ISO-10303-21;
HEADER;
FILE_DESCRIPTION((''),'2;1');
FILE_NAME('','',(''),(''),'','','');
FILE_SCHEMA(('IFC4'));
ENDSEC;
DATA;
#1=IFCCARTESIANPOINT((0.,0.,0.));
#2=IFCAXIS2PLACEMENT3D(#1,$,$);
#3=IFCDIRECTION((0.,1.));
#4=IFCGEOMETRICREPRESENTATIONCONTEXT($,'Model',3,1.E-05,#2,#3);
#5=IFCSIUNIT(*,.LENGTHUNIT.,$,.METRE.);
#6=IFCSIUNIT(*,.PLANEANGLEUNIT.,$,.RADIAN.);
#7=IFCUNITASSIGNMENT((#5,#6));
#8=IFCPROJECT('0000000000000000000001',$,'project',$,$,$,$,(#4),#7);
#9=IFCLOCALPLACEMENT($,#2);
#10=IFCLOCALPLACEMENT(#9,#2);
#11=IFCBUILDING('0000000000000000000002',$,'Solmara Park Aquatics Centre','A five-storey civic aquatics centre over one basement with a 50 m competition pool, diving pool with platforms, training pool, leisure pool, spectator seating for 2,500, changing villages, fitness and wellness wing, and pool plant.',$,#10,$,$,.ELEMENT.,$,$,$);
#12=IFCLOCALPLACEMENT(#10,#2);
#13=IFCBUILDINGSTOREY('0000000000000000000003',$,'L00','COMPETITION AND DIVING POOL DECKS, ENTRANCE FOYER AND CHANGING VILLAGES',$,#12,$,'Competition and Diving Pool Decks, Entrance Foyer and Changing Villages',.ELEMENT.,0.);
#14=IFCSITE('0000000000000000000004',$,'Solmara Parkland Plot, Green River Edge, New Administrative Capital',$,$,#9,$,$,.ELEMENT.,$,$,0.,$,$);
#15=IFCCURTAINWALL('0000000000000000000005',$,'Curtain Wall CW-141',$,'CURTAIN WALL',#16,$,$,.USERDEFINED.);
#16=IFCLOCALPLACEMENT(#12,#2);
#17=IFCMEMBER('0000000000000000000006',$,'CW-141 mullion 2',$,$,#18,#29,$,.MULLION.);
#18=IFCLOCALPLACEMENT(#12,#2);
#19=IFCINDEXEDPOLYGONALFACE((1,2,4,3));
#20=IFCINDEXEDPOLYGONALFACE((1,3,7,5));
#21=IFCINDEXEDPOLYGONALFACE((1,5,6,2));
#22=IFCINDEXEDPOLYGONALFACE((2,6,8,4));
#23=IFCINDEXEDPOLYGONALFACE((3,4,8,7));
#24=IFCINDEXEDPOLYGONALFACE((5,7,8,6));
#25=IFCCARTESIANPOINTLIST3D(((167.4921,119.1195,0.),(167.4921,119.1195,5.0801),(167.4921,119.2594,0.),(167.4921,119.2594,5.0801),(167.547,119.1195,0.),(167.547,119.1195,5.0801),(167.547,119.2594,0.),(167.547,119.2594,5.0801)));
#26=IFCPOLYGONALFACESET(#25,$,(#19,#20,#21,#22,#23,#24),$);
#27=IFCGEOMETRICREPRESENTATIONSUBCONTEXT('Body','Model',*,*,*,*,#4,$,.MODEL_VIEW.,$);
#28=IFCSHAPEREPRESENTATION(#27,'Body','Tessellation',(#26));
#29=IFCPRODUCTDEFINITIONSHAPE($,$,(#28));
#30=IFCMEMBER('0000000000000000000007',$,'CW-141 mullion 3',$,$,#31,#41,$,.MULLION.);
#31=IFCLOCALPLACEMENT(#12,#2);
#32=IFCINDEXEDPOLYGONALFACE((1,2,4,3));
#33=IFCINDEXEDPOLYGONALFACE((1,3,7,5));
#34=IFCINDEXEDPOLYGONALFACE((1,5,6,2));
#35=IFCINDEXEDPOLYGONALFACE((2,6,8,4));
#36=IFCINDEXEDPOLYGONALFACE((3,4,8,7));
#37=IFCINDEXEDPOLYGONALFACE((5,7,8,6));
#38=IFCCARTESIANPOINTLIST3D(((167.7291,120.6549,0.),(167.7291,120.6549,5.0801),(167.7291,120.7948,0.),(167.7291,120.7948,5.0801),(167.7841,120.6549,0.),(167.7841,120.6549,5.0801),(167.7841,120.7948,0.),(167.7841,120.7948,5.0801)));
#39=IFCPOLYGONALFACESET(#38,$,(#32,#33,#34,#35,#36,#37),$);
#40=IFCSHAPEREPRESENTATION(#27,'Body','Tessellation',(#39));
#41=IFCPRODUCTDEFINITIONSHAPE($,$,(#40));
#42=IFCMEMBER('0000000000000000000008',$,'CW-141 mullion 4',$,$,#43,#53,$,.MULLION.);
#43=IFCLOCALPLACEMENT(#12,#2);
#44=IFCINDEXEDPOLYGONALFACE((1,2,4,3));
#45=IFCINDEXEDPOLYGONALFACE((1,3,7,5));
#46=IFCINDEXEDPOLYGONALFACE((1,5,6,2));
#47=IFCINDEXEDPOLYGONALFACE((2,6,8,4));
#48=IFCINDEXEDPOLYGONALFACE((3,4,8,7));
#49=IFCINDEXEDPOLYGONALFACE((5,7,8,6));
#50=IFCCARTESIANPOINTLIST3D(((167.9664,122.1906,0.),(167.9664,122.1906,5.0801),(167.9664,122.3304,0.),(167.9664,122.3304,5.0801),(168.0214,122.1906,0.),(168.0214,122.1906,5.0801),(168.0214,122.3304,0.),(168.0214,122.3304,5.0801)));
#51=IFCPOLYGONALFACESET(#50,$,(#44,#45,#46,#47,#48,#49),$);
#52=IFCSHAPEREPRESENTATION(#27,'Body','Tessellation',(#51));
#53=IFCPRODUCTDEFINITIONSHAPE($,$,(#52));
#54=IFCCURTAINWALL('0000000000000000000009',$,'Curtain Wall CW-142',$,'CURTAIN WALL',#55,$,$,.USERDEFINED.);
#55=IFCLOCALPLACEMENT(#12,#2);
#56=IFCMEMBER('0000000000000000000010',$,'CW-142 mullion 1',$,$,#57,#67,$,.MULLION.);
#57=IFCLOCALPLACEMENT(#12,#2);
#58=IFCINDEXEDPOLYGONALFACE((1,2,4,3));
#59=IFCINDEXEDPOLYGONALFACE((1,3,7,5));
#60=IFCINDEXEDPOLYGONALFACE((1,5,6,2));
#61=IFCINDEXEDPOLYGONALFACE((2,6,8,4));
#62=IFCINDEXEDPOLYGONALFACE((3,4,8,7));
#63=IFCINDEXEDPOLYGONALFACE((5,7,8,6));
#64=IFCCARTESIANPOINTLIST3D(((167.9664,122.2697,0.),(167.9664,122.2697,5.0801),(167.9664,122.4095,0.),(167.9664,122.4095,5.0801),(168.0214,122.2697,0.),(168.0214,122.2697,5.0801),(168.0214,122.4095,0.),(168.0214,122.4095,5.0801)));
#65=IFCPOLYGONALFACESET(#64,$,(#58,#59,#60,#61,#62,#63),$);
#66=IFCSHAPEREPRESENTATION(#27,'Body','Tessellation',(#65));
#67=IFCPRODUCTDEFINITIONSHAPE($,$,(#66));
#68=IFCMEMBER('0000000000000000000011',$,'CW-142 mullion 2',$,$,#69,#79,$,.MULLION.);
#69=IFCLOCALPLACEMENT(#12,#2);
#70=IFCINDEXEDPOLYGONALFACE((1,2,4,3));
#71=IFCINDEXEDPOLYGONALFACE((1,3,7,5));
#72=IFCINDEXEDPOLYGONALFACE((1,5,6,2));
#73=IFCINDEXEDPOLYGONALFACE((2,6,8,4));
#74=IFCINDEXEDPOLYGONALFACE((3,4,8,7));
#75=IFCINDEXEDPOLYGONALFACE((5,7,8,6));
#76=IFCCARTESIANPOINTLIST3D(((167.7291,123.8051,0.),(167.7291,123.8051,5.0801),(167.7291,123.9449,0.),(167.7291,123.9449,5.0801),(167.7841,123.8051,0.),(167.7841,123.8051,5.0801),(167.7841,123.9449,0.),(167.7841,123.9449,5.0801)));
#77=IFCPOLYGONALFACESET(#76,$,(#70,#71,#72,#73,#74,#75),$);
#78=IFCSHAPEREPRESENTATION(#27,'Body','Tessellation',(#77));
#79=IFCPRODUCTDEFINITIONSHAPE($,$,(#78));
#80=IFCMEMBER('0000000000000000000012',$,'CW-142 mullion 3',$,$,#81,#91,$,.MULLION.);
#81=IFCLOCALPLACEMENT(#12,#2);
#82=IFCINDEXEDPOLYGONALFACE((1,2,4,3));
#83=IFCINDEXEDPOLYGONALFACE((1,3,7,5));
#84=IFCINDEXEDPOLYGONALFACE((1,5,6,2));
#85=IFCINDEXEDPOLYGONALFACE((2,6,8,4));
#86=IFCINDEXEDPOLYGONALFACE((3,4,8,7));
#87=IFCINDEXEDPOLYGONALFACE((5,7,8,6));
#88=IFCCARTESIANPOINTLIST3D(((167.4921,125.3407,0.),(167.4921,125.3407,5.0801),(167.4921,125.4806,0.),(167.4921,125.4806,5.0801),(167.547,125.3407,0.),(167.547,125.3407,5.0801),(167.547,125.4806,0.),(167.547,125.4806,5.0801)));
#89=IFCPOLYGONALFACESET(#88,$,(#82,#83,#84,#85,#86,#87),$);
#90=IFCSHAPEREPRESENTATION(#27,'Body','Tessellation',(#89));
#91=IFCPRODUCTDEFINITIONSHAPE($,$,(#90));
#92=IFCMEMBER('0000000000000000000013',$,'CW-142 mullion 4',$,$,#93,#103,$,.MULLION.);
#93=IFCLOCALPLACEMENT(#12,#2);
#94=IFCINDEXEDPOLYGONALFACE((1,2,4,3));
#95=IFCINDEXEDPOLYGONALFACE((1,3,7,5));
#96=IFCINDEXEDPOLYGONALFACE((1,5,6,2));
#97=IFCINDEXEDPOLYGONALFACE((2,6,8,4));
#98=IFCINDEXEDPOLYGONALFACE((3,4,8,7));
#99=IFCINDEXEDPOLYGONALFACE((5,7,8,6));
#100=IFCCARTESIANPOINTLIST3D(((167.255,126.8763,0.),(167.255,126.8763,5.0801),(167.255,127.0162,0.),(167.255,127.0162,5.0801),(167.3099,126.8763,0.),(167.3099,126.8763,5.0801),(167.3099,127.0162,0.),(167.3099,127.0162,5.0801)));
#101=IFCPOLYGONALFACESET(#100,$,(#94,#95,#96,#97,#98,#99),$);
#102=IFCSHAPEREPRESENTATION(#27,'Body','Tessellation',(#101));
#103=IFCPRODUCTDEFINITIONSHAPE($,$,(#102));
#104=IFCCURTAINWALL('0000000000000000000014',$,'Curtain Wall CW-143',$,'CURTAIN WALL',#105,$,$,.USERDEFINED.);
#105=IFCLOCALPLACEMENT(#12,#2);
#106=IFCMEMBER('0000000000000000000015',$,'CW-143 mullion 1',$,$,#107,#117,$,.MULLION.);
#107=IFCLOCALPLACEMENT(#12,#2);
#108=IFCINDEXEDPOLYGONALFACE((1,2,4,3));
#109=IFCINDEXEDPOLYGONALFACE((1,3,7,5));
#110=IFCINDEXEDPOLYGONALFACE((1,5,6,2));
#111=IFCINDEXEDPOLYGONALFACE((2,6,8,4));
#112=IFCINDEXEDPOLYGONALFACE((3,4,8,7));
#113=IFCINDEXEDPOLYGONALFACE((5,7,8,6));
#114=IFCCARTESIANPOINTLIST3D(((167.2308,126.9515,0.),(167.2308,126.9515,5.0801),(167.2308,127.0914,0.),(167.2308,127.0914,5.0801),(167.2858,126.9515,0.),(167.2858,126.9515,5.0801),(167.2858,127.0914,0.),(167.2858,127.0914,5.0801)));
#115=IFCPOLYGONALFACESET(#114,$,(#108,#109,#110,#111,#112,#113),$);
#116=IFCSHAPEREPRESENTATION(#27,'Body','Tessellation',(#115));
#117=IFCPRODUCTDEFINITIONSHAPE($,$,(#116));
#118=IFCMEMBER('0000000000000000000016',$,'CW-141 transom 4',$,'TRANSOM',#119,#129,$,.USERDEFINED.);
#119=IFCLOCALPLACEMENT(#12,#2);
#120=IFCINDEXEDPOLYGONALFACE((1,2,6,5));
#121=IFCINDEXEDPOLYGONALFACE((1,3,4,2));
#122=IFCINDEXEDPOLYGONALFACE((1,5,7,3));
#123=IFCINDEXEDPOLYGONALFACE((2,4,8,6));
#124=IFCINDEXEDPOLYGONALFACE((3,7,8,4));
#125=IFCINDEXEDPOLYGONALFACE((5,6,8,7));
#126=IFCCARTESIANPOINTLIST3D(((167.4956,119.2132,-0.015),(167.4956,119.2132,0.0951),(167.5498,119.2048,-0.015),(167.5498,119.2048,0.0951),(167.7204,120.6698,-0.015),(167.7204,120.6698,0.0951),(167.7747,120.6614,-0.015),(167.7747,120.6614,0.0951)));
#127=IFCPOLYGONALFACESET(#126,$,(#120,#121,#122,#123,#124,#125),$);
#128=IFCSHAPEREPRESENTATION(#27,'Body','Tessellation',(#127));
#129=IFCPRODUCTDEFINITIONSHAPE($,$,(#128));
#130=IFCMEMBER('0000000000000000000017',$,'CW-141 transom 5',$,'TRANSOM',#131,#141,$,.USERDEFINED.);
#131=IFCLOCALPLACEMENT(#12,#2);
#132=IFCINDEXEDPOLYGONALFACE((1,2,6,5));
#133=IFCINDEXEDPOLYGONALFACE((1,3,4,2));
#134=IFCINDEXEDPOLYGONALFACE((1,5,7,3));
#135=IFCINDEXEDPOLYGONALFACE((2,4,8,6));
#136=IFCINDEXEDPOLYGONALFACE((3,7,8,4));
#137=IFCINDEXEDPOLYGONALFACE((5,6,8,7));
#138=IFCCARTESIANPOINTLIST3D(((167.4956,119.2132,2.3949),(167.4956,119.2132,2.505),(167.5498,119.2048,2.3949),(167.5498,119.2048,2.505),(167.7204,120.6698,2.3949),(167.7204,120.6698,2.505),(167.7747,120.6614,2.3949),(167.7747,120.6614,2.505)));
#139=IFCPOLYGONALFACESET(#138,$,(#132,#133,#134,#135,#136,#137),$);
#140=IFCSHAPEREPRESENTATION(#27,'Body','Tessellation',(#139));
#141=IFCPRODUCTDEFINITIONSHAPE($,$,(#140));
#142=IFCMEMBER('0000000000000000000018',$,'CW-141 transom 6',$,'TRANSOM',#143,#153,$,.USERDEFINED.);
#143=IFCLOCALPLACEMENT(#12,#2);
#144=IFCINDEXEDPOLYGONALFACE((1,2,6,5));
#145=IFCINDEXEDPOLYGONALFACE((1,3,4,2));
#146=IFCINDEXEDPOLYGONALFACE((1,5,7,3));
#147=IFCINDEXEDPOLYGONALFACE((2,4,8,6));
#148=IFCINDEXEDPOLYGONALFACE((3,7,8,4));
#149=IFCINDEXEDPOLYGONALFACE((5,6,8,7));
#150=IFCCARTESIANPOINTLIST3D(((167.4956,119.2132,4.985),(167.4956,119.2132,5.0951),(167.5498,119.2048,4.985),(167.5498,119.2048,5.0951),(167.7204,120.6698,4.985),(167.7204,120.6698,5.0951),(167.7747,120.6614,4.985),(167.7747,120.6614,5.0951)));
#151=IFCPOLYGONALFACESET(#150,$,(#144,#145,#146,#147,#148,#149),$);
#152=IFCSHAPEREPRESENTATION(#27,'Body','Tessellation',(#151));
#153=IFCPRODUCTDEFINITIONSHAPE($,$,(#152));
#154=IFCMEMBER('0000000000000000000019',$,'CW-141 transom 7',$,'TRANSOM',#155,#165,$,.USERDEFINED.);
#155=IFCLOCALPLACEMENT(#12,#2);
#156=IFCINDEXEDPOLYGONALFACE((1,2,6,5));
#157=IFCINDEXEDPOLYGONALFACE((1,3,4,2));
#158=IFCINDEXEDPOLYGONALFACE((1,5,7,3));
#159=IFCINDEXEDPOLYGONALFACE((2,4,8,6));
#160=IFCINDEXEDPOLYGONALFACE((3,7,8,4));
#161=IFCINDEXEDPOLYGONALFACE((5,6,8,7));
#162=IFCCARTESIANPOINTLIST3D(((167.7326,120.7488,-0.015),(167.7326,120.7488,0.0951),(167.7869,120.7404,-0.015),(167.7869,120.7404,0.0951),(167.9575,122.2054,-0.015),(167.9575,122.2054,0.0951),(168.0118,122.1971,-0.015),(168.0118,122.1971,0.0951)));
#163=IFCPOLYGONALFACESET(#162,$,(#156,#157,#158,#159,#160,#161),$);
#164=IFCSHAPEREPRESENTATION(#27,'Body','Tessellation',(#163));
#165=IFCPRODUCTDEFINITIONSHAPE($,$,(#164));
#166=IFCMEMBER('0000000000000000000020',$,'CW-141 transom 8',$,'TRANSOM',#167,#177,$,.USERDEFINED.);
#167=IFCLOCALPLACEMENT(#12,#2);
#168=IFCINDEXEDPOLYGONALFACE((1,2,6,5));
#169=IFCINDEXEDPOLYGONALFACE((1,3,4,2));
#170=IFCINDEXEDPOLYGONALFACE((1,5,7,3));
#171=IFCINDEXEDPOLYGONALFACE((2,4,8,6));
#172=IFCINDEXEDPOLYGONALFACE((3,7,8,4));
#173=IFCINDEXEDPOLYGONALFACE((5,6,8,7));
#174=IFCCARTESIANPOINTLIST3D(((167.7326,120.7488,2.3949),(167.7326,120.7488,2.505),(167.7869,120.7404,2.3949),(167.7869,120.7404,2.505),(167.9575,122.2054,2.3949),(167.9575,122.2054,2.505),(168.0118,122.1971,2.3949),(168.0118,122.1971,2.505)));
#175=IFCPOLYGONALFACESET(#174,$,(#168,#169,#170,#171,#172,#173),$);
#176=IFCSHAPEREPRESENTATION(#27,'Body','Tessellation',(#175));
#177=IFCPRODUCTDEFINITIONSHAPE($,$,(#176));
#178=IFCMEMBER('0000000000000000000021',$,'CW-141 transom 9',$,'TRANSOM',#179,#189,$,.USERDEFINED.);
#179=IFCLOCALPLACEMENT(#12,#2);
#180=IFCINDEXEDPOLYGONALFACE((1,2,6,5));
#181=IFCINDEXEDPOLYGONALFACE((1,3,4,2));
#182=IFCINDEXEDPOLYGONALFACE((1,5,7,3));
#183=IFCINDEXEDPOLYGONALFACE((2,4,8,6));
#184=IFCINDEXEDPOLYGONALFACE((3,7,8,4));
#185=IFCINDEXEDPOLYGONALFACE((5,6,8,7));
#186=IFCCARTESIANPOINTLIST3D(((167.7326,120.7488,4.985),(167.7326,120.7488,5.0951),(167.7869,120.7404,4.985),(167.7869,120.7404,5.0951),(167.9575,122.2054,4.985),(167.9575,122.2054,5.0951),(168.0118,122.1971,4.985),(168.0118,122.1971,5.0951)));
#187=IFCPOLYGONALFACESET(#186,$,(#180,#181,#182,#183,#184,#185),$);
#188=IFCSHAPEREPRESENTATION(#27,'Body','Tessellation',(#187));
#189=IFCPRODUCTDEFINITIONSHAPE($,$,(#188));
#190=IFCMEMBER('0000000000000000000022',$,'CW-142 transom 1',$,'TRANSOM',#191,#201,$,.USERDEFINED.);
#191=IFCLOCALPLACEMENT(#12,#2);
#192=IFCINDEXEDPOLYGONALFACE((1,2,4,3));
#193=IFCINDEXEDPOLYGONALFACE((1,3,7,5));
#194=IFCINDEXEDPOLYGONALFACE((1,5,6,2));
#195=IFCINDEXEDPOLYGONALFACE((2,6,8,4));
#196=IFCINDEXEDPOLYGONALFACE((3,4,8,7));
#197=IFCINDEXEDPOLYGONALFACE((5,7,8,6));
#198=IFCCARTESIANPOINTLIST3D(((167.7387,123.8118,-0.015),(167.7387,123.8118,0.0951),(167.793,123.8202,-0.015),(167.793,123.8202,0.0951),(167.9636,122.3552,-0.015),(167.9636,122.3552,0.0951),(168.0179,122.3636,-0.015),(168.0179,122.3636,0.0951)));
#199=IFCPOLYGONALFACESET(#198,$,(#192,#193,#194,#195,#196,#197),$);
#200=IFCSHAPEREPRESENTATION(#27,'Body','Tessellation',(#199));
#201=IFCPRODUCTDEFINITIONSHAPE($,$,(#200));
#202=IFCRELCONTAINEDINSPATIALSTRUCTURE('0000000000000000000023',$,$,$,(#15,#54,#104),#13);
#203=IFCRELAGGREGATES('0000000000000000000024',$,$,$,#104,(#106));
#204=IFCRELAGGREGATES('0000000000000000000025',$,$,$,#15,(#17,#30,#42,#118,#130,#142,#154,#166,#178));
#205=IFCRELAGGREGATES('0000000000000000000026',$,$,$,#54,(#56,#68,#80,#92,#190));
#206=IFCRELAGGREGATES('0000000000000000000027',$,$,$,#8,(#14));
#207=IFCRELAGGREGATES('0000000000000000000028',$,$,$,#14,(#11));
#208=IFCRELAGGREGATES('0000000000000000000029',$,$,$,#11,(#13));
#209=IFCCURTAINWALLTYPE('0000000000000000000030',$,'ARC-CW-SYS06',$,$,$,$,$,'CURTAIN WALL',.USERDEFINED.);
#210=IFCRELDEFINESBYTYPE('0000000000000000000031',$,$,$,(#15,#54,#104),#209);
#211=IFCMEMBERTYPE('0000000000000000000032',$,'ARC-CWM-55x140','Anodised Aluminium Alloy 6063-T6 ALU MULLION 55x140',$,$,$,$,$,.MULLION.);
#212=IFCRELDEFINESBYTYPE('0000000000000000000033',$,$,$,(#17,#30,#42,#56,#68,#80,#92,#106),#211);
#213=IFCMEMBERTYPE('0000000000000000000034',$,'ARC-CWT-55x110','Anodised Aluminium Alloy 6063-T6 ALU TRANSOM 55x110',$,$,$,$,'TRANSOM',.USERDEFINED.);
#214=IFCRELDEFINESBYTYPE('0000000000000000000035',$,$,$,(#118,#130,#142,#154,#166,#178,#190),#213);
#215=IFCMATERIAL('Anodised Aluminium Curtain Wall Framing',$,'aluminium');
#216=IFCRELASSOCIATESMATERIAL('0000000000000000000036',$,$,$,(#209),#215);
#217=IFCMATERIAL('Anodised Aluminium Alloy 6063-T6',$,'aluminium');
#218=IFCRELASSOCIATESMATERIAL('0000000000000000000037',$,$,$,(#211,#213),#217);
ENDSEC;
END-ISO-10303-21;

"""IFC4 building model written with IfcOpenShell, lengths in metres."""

from ifc_helpers import new_model, si_unit, direction, frame, origin, origin_2d, place, context, subcontext, project, spatial, rectangle, extrude, material, material_profile, profile_set, type_object, element, aggregate, save


model = new_model("IFC4")

# Units and contexts
model_context = context("Model", 3, precision=1e-05, world=origin(), true_north=direction((0.0, 1.0)))
body_context = subcontext(model_context, "Body", "Model", "MODEL_VIEW")
ifc_project = project(units=[si_unit("LENGTHUNIT", "METRE"), si_unit("PLANEANGLEUNIT", "RADIAN")], contexts=[model_context])

# Site, building, storey
site_placement = place(None, origin())
site = spatial("IfcSite", under=ifc_project, at=site_placement, Name="Solmara Parkland Plot, Green River Edge, New Administrative Capital", CompositionType="ELEMENT", RefElevation=0.0)
building_placement = place(site_placement, origin())
building = spatial("IfcBuilding", under=site, at=building_placement, Name="Solmara Park Aquatics Centre", Description="A five-storey civic aquatics centre over one basement with a 50 m competition pool, diving pool with platforms, training pool, leisure pool, spectator seating for 2,500, changing villages, fitness and wellness wing, and pool plant.", CompositionType="ELEMENT")
storey_placement = place(building_placement, origin())
storey = spatial("IfcBuildingStorey", under=building, at=storey_placement, Name="L00", Description="COMPETITION AND DIVING POOL DECKS, ENTRANCE FOYER AND CHANGING VILLAGES", LongName="Competition and Diving Pool Decks, Entrance Foyer and Changing Villages", CompositionType="ELEMENT", Elevation=0.0)

# Curtain walls, members
ifc_material_1 = material(Name="Anodised Aluminium Curtain Wall Framing", Category="aluminium")
curtain_wall_type = type_object("IfcCurtainWallType", Name="ARC-CW-SYS06", ElementType="CURTAIN WALL", PredefinedType="USERDEFINED", material=ifc_material_1)
curtain_wall_1_placement = place(storey_placement, origin())
curtain_wall_1 = element("IfcCurtainWall", 1, at=curtain_wall_1_placement, inside=storey, type_object=curtain_wall_type, Name="Curtain Wall CW-141", ObjectType="CURTAIN WALL", PredefinedType="USERDEFINED")
ifc_material_2 = material(Name="Anodised Aluminium Alloy 6063-T6", Category="aluminium")
ifc_material_profile_1 = material_profile(ifc_material_2, rectangle(XDim=0.0549, YDim=0.1399, at=origin_2d()), Name="ALU MULLION 55x140")
ifc_profile_set_1 = profile_set([ifc_material_profile_1], Name="Anodised Aluminium Alloy 6063-T6")
member_type_1 = type_object("IfcMemberType", Name="ARC-CWM-55x140", Description="Anodised Aluminium Alloy 6063-T6 ALU MULLION 55x140", PredefinedType="MULLION", material=ifc_profile_set_1)
member_1_placement = place(storey_placement, frame((167.5195, 119.1895, 0.0), z_axis=(0.0, 0.0, 1.0), x_axis=(1.0, 0.0, 0.0)))
member_1 = element("IfcMember", 2, at=member_1_placement, type_object=member_type_1, Name="CW-141 mullion 2", PredefinedType="MULLION", context=body_context, shape_type="SweptSolid", body=[
    extrude(rectangle(XDim=0.0549, YDim=0.1399, at=origin_2d()), origin(), (0.0, 0.0, 1.0), 5.0801),
])
member_2_placement = place(storey_placement, frame((167.7566, 120.7249, 0.0), z_axis=(0.0, 0.0, 1.0), x_axis=(1.0, 0.0, 0.0)))
member_2 = element("IfcMember", 3, at=member_2_placement, type_object=member_type_1, Name="CW-141 mullion 3", PredefinedType="MULLION", context=body_context, shape_type="SweptSolid", body=[
    extrude(rectangle(XDim=0.0549, YDim=0.1399, at=origin_2d()), origin(), (0.0, 0.0, 1.0), 5.0801),
])
member_3_placement = place(storey_placement, frame((167.9939, 122.2605, 0.0), z_axis=(0.0, 0.0, 1.0), x_axis=(1.0, 0.0, 0.0)))
member_3 = element("IfcMember", 4, at=member_3_placement, type_object=member_type_1, Name="CW-141 mullion 4", PredefinedType="MULLION", context=body_context, shape_type="SweptSolid", body=[
    extrude(rectangle(XDim=0.0549, YDim=0.1399, at=origin_2d()), origin(), (0.0, 0.0, 1.0), 5.0801),
])
curtain_wall_2_placement = place(storey_placement, origin())
curtain_wall_2 = element("IfcCurtainWall", 5, at=curtain_wall_2_placement, inside=storey, type_object=curtain_wall_type, Name="Curtain Wall CW-142", ObjectType="CURTAIN WALL", PredefinedType="USERDEFINED")
member_4_placement = place(storey_placement, frame((167.9939, 122.3396, 0.0), z_axis=(0.0, 0.0, 1.0), x_axis=(1.0, 0.0, 0.0)))
member_4 = element("IfcMember", 6, at=member_4_placement, type_object=member_type_1, Name="CW-142 mullion 1", PredefinedType="MULLION", context=body_context, shape_type="SweptSolid", body=[
    extrude(rectangle(XDim=0.0549, YDim=0.1399, at=origin_2d()), origin(), (0.0, 0.0, 1.0), 5.0801),
])
member_5_placement = place(storey_placement, frame((167.7566, 123.875, 0.0), z_axis=(0.0, 0.0, 1.0), x_axis=(1.0, 0.0, 0.0)))
member_5 = element("IfcMember", 7, at=member_5_placement, type_object=member_type_1, Name="CW-142 mullion 2", PredefinedType="MULLION", context=body_context, shape_type="SweptSolid", body=[
    extrude(rectangle(XDim=0.0549, YDim=0.1399, at=origin_2d()), origin(), (0.0, 0.0, 1.0), 5.0801),
])
member_6_placement = place(storey_placement, frame((167.5195, 125.4106, 0.0), z_axis=(0.0, 0.0, 1.0), x_axis=(1.0, 0.0, 0.0)))
member_6 = element("IfcMember", 8, at=member_6_placement, type_object=member_type_1, Name="CW-142 mullion 3", PredefinedType="MULLION", context=body_context, shape_type="SweptSolid", body=[
    extrude(rectangle(XDim=0.0549, YDim=0.1399, at=origin_2d()), origin(), (0.0, 0.0, 1.0), 5.0801),
])
member_7_placement = place(storey_placement, frame((167.2825, 126.9463, 0.0), z_axis=(0.0, 0.0, 1.0), x_axis=(1.0, 0.0, 0.0)))
member_7 = element("IfcMember", 9, at=member_7_placement, type_object=member_type_1, Name="CW-142 mullion 4", PredefinedType="MULLION", context=body_context, shape_type="SweptSolid", body=[
    extrude(rectangle(XDim=0.0549, YDim=0.1399, at=origin_2d()), origin(), (0.0, 0.0, 1.0), 5.0801),
])

# Curtain wall, member
curtain_wall_3_placement = place(storey_placement, origin())
curtain_wall_3 = element("IfcCurtainWall", 10, at=curtain_wall_3_placement, inside=storey, type_object=curtain_wall_type, Name="Curtain Wall CW-143", ObjectType="CURTAIN WALL", PredefinedType="USERDEFINED")
member_8_placement = place(storey_placement, frame((167.2583, 127.0215, 0.0), z_axis=(0.0, 0.0, 1.0), x_axis=(1.0, 0.0, 0.0)))
member_8 = element("IfcMember", 11, at=member_8_placement, type_object=member_type_1, Name="CW-143 mullion 1", PredefinedType="MULLION", context=body_context, shape_type="SweptSolid", body=[
    extrude(rectangle(XDim=0.0549, YDim=0.1399, at=origin_2d()), origin(), (0.0, 0.0, 1.0), 5.0801),
])

# Members
ifc_material_profile_2 = material_profile(ifc_material_2, rectangle(XDim=0.0549, YDim=0.1101, at=origin_2d()), Name="ALU TRANSOM 55x110")
ifc_profile_set_2 = profile_set([ifc_material_profile_2], Name="Anodised Aluminium Alloy 6063-T6")
member_type_2 = type_object("IfcMemberType", Name="ARC-CWT-55x110", Description="Anodised Aluminium Alloy 6063-T6 ALU TRANSOM 55x110", ElementType="TRANSOM", PredefinedType="USERDEFINED", material=ifc_profile_set_2)
member_9_placement = place(storey_placement, frame((167.5227, 119.209, 0.04), z_axis=(0.152568, 0.988293, 0.0), x_axis=(-0.988293, 0.152568, 0.0)))
member_9 = element("IfcMember", 12, at=member_9_placement, type_object=member_type_2, Name="CW-141 transom 4", ObjectType="TRANSOM", PredefinedType="USERDEFINED", context=body_context, shape_type="SweptSolid", body=[
    extrude(rectangle(XDim=0.0549, YDim=0.1101, at=origin_2d()), origin(), (0.0, 0.0, 1.0), 1.4739),
])
member_10_placement = place(storey_placement, frame((167.5227, 119.209, 2.45), z_axis=(0.152568, 0.988293, 0.0), x_axis=(-0.988293, 0.152568, 0.0)))
member_10 = element("IfcMember", 13, at=member_10_placement, type_object=member_type_2, Name="CW-141 transom 5", ObjectType="TRANSOM", PredefinedType="USERDEFINED", context=body_context, shape_type="SweptSolid", body=[
    extrude(rectangle(XDim=0.0549, YDim=0.1101, at=origin_2d()), origin(), (0.0, 0.0, 1.0), 1.4739),
])
member_11_placement = place(storey_placement, frame((167.5227, 119.209, 5.04), z_axis=(0.152568, 0.988293, 0.0), x_axis=(-0.988293, 0.152568, 0.0)))
member_11 = element("IfcMember", 14, at=member_11_placement, type_object=member_type_2, Name="CW-141 transom 6", ObjectType="TRANSOM", PredefinedType="USERDEFINED", context=body_context, shape_type="SweptSolid", body=[
    extrude(rectangle(XDim=0.0549, YDim=0.1101, at=origin_2d()), origin(), (0.0, 0.0, 1.0), 1.4739),
])
member_12_placement = place(storey_placement, frame((167.7598, 120.7446, 0.04), z_axis=(0.152568, 0.988293, 0.0), x_axis=(-0.988293, 0.152568, 0.0)))
member_12 = element("IfcMember", 15, at=member_12_placement, type_object=member_type_2, Name="CW-141 transom 7", ObjectType="TRANSOM", PredefinedType="USERDEFINED", context=body_context, shape_type="SweptSolid", body=[
    extrude(rectangle(XDim=0.0549, YDim=0.1101, at=origin_2d()), origin(), (0.0, 0.0, 1.0), 1.4739),
])
member_13_placement = place(storey_placement, frame((167.7598, 120.7446, 2.45), z_axis=(0.152568, 0.988293, 0.0), x_axis=(-0.988293, 0.152568, 0.0)))
member_13 = element("IfcMember", 16, at=member_13_placement, type_object=member_type_2, Name="CW-141 transom 8", ObjectType="TRANSOM", PredefinedType="USERDEFINED", context=body_context, shape_type="SweptSolid", body=[
    extrude(rectangle(XDim=0.0549, YDim=0.1101, at=origin_2d()), origin(), (0.0, 0.0, 1.0), 1.4739),
])
member_14_placement = place(storey_placement, frame((167.7598, 120.7446, 5.04), z_axis=(0.152568, 0.988293, 0.0), x_axis=(-0.988293, 0.152568, 0.0)))
member_14 = element("IfcMember", 17, at=member_14_placement, type_object=member_type_2, Name="CW-141 transom 9", ObjectType="TRANSOM", PredefinedType="USERDEFINED", context=body_context, shape_type="SweptSolid", body=[
    extrude(rectangle(XDim=0.0549, YDim=0.1101, at=origin_2d()), origin(), (0.0, 0.0, 1.0), 1.4739),
])
member_15_placement = place(storey_placement, frame((167.9907, 122.3594, 0.04), z_axis=(-0.152568, 0.988293, 0.0), x_axis=(-0.988293, -0.152568, 0.0)))
member_15 = element("IfcMember", 18, at=member_15_placement, type_object=member_type_2, Name="CW-142 transom 1", ObjectType="TRANSOM", PredefinedType="USERDEFINED", context=body_context, shape_type="SweptSolid", body=[
    extrude(rectangle(XDim=0.0549, YDim=0.1101, at=origin_2d()), origin(), (0.0, 0.0, 1.0), 1.4739),
])
aggregate(curtain_wall_3, [member_8])

aggregate(curtain_wall_1, [member_1, member_2, member_3, member_9, member_10, member_11, member_12, member_13, member_14])
aggregate(curtain_wall_2, [member_4, member_5, member_6, member_7, member_15])

save(model, "model.ifc")
